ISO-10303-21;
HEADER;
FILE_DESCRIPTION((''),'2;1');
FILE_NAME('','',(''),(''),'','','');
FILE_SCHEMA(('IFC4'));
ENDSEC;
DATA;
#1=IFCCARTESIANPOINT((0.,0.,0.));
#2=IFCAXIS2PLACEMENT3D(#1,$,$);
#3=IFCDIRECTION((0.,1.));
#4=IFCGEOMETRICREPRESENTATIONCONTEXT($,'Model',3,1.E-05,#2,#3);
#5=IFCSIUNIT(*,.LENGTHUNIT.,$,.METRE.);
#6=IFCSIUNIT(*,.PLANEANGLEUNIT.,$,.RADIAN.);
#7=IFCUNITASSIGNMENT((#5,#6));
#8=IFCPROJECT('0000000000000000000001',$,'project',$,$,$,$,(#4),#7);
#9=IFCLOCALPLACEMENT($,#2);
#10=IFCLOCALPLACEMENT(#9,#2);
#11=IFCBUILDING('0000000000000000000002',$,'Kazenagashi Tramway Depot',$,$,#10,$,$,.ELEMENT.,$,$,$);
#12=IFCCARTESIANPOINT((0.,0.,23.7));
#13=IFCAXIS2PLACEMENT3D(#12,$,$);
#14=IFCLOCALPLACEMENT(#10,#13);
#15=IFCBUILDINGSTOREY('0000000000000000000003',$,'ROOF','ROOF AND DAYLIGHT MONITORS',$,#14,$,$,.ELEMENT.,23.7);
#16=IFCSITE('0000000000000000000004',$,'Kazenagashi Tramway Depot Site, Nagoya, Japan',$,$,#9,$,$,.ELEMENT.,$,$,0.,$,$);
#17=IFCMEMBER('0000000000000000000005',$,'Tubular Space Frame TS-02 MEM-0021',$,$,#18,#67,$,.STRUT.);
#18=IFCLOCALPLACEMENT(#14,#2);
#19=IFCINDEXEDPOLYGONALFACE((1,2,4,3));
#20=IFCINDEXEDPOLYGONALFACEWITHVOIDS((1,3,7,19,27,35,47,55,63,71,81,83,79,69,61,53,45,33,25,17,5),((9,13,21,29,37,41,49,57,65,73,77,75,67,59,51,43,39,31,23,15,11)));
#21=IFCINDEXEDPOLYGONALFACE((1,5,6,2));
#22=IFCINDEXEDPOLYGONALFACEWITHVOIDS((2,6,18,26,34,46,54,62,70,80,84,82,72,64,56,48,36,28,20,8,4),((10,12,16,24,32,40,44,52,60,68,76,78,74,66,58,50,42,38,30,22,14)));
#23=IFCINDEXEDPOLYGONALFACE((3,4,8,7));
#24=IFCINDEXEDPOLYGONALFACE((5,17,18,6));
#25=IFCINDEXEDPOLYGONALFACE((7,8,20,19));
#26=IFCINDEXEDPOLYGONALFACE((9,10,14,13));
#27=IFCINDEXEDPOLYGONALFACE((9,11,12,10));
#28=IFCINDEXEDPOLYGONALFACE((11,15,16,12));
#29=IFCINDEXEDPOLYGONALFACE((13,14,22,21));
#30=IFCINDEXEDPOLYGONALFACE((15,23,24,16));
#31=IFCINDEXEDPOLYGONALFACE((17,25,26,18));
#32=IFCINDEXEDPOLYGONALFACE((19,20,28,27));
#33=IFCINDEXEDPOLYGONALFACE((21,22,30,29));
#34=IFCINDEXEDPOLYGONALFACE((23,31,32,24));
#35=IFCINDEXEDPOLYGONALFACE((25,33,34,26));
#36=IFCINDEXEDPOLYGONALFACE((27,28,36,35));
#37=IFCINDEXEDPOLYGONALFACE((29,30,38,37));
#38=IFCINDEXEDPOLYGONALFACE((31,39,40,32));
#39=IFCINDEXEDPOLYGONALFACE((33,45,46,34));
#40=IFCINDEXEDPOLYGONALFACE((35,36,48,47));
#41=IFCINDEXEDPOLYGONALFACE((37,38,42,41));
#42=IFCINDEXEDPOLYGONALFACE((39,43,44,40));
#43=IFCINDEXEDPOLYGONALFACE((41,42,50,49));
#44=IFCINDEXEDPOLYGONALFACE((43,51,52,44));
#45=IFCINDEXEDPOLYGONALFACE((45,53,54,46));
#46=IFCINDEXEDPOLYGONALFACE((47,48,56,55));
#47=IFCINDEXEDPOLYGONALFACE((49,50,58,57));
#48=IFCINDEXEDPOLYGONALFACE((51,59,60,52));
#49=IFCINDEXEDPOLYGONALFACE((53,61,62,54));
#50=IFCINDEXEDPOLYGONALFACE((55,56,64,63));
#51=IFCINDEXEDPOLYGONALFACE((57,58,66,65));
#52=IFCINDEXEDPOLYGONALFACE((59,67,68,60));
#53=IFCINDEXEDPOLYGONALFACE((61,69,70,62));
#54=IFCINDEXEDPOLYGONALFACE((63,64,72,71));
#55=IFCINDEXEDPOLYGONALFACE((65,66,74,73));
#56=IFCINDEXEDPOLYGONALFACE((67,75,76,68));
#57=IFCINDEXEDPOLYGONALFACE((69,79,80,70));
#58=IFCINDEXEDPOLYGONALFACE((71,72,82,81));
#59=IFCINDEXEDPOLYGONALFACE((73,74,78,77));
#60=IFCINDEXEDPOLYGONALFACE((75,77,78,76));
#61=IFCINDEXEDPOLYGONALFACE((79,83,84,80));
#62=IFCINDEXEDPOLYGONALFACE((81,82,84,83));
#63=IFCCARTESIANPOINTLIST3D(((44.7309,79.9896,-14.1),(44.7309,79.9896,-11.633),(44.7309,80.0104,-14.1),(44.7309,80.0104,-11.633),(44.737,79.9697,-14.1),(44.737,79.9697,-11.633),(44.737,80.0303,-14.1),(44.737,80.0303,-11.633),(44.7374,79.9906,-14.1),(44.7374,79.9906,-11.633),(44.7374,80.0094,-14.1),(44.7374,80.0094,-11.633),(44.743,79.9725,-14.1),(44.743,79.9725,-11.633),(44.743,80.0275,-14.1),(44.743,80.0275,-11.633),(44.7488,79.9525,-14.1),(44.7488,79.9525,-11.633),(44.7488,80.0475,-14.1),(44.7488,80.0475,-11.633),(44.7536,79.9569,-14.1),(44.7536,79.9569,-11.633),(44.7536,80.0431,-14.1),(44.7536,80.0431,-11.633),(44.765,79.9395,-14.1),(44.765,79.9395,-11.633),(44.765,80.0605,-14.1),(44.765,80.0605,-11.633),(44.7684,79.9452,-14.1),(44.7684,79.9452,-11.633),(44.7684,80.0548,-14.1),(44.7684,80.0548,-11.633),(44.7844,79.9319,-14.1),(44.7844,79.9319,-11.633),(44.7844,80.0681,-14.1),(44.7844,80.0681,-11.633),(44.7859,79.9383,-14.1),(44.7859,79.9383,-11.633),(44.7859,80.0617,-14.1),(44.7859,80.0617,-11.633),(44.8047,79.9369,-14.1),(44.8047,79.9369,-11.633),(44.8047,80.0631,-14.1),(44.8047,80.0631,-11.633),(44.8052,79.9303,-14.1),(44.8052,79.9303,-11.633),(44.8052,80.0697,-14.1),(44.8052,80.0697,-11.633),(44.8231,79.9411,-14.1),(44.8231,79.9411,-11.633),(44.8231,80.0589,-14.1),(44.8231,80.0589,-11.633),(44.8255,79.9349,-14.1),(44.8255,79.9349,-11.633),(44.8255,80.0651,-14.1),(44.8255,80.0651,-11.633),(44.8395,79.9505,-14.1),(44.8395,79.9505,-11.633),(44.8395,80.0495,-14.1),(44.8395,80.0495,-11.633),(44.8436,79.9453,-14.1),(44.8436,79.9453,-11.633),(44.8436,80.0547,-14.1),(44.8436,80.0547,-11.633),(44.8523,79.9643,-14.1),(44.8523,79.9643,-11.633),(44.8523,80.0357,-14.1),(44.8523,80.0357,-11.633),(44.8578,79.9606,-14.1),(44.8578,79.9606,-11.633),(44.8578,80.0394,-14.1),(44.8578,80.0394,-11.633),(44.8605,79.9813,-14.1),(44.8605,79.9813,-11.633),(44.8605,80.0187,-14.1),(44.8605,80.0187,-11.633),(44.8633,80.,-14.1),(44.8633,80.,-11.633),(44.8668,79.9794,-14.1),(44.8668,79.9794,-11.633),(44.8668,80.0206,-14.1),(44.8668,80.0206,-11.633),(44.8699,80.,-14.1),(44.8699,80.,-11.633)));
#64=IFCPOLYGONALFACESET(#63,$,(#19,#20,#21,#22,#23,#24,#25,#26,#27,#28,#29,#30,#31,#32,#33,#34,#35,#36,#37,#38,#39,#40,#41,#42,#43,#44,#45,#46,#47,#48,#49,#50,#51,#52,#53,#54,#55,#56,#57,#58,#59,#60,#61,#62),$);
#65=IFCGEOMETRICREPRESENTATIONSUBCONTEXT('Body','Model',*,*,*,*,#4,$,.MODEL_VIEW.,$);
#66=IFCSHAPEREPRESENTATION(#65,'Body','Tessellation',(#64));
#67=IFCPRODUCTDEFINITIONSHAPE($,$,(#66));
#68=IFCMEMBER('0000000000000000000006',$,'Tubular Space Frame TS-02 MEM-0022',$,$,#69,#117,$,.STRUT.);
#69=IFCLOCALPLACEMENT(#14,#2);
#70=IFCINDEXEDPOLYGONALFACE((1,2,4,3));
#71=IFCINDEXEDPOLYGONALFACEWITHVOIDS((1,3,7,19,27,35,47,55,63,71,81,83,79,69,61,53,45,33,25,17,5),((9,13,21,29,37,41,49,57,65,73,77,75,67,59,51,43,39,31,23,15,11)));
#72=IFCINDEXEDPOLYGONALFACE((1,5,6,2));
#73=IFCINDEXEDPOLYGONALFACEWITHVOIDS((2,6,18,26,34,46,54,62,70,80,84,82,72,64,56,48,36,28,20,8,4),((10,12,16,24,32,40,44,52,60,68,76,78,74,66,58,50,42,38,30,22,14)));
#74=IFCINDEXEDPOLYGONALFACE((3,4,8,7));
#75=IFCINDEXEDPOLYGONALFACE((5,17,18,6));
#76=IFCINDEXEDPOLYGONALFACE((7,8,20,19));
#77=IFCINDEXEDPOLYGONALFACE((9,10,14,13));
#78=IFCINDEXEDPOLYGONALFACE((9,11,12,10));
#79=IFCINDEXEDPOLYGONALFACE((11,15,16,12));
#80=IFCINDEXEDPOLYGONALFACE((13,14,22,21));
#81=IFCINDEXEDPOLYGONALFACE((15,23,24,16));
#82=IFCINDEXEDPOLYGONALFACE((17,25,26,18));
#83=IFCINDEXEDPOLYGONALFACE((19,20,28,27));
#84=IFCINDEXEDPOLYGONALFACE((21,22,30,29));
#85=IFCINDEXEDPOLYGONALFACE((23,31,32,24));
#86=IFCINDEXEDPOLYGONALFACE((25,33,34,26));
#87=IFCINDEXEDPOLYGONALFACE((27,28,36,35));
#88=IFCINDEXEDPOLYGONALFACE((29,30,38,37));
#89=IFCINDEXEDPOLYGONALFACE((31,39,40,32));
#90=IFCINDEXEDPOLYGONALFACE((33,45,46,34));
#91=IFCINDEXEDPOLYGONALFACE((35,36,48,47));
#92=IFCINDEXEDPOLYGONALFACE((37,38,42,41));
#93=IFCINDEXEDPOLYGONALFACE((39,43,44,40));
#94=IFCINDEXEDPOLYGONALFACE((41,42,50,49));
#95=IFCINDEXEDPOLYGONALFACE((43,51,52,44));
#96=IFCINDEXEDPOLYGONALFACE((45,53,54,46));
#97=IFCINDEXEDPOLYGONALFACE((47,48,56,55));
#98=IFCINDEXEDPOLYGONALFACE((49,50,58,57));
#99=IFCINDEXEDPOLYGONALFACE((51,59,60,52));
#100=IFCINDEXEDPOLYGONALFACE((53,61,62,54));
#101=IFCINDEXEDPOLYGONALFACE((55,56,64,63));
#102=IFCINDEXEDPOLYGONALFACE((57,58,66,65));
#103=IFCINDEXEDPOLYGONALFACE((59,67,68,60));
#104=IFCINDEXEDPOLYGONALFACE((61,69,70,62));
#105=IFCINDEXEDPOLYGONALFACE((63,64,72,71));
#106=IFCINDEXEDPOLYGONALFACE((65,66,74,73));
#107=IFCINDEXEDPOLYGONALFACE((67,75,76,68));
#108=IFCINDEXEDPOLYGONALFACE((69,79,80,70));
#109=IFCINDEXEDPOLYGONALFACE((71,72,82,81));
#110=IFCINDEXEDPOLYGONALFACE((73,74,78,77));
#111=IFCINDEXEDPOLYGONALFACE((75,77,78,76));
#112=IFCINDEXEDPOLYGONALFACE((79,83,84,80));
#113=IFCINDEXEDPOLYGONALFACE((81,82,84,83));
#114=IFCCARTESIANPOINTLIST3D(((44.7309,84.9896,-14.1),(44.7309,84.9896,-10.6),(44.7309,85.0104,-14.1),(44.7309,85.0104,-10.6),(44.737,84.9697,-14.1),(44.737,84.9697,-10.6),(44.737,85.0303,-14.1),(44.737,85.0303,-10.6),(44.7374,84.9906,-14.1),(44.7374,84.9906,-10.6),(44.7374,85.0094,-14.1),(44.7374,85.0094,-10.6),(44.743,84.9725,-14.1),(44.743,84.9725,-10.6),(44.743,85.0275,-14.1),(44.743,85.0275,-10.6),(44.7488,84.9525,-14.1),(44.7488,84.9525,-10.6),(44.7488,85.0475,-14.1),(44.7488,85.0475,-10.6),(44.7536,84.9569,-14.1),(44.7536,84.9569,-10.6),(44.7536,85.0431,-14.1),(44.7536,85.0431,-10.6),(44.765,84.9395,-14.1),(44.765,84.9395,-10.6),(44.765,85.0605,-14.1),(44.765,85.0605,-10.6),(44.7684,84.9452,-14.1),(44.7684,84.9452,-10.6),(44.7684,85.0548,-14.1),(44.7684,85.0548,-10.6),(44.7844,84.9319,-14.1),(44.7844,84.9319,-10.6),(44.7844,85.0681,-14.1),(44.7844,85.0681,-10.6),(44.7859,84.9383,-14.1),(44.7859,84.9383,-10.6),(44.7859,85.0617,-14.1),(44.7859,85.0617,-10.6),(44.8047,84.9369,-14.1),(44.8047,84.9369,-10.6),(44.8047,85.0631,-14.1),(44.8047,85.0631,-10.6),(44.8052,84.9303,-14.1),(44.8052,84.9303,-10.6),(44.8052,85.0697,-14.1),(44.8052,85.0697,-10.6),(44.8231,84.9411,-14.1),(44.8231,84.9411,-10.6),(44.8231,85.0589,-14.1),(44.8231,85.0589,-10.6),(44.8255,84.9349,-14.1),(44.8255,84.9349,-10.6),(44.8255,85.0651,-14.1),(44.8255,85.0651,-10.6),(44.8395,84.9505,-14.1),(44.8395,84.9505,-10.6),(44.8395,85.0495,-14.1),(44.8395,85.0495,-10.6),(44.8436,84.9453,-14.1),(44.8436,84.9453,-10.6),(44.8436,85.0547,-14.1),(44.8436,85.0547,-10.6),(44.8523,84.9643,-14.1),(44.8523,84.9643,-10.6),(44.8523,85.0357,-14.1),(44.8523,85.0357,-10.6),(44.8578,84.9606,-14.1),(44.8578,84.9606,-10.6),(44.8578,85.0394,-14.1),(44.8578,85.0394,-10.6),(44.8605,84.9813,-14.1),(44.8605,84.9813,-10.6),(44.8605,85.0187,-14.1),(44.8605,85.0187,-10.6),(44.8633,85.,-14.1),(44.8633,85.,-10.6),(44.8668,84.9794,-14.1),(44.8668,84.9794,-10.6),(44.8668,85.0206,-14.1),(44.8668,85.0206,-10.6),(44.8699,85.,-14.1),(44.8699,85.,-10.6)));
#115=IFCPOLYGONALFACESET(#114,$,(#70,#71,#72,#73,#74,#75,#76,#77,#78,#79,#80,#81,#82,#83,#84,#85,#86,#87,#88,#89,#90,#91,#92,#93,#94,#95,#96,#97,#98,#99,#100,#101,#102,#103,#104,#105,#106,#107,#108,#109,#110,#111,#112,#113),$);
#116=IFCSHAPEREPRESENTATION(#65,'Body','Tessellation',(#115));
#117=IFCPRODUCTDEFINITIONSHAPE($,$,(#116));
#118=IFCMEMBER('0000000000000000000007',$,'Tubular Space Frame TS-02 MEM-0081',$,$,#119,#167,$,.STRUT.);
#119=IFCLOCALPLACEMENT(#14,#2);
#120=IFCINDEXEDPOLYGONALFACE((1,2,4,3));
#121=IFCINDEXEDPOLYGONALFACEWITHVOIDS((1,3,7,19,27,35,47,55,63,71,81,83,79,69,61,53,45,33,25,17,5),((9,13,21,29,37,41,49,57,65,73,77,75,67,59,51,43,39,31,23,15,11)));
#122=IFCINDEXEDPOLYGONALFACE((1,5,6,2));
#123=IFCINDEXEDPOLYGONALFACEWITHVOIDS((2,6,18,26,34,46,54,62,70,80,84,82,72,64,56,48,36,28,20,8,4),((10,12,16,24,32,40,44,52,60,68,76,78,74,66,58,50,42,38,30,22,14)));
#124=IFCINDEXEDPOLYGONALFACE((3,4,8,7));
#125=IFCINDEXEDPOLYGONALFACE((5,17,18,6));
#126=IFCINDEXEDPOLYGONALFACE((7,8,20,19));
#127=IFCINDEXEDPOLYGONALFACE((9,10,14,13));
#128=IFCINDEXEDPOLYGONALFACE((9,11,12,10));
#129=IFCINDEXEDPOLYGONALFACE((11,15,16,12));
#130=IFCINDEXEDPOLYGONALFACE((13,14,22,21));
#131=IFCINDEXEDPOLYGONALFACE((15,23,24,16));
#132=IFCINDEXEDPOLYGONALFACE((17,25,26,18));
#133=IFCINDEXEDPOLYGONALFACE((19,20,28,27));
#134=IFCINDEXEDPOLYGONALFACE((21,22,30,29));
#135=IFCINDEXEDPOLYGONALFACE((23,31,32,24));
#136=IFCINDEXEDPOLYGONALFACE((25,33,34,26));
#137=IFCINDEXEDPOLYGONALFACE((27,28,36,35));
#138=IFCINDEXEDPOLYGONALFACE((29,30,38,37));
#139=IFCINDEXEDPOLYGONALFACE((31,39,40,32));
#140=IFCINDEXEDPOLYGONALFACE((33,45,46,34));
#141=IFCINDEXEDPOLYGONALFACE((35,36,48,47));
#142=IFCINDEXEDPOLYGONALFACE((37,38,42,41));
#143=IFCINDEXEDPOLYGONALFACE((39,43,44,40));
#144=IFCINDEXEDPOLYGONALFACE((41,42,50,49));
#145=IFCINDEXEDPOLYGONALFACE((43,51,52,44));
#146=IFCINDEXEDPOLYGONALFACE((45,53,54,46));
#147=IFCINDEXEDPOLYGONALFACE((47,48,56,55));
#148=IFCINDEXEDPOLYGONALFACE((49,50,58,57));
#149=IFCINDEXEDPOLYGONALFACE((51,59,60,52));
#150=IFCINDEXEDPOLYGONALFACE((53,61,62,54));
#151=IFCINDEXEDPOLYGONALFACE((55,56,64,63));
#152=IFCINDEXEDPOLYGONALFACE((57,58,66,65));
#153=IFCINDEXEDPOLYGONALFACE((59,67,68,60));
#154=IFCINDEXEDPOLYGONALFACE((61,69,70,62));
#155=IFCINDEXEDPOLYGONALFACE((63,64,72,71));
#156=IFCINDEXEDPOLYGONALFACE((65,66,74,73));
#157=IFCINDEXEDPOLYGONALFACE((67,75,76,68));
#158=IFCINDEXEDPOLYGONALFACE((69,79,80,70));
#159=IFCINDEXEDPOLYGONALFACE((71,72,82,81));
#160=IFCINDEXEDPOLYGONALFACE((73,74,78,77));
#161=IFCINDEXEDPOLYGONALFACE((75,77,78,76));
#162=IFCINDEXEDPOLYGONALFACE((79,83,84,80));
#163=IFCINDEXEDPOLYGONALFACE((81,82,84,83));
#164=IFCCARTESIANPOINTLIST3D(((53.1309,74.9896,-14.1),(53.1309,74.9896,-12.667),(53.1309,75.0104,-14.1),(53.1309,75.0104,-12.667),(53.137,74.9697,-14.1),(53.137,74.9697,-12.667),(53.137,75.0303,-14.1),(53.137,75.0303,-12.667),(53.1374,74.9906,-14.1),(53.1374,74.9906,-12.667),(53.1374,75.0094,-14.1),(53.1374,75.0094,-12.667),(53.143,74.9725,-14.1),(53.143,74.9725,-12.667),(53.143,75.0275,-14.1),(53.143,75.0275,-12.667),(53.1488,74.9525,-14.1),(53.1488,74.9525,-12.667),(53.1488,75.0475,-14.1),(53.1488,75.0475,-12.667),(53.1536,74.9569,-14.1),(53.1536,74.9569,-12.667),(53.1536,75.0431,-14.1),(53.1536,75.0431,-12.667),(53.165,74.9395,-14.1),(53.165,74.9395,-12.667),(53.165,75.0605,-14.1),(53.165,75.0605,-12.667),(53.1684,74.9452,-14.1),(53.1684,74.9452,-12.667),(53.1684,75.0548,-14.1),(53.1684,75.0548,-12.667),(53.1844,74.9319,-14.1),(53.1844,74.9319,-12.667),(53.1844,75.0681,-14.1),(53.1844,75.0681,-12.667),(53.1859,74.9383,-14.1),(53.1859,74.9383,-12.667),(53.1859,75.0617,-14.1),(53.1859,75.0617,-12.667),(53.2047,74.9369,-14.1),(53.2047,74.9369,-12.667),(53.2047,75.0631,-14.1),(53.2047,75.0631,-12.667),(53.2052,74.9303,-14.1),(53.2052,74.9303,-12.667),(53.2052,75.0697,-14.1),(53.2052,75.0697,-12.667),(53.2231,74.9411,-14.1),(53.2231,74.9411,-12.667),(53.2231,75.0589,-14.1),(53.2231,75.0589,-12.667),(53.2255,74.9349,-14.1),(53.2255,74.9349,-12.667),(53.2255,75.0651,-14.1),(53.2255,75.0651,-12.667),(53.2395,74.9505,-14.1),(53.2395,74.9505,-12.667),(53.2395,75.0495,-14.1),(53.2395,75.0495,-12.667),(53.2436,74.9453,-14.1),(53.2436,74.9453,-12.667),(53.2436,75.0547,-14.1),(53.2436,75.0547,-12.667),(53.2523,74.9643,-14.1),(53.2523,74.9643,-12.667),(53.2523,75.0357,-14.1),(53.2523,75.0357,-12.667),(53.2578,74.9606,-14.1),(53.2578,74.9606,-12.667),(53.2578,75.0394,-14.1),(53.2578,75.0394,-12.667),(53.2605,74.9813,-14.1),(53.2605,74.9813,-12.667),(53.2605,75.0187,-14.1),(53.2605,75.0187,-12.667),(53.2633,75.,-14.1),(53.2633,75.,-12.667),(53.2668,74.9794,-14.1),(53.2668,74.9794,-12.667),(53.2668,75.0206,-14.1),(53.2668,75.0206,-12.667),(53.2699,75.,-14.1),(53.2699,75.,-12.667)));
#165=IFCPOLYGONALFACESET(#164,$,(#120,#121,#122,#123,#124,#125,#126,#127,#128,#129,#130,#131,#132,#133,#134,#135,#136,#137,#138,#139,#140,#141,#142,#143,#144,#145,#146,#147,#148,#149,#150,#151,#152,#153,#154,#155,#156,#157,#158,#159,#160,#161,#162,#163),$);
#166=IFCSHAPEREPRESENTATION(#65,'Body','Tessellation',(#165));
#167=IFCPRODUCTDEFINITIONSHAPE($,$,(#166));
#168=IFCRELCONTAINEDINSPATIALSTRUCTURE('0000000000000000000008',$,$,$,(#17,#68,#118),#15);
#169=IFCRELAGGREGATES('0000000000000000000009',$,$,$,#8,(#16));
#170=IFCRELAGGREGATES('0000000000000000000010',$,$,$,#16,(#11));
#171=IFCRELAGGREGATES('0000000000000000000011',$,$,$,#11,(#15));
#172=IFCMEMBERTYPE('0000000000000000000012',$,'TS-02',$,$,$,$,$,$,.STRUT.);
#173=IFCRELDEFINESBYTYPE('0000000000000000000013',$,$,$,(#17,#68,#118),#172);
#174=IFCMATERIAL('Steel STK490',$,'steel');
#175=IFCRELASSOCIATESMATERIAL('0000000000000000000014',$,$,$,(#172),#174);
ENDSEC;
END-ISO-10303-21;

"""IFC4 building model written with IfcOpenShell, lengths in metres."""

from ifc_helpers import new_model, si_unit, direction, frame, origin, origin_2d, place, context, subcontext, project, spatial, hollow_circle, extrude, material, material_profile, profile_set, type_object, element, save


model = new_model("IFC4")

# Units and contexts
model_context = context("Model", 3, precision=1e-05, world=origin(), true_north=direction((0.0, 1.0)))
body_context = subcontext(model_context, "Body", "Model", "MODEL_VIEW")
ifc_project = project(units=[si_unit("LENGTHUNIT", "METRE"), si_unit("PLANEANGLEUNIT", "RADIAN")], contexts=[model_context])

# Site, building, storey
site_placement = place(None, origin())
site = spatial("IfcSite", under=ifc_project, at=site_placement, Name="Kazenagashi Tramway Depot Site, Nagoya, Japan", CompositionType="ELEMENT", RefElevation=0.0)
building_placement = place(site_placement, origin())
building = spatial("IfcBuilding", under=site, at=building_placement, Name="Kazenagashi Tramway Depot", CompositionType="ELEMENT")
storey_placement = place(building_placement, frame((0.0, 0.0, 23.7)))
storey = spatial("IfcBuildingStorey", under=building, at=storey_placement, Name="ROOF", Description="ROOF AND DAYLIGHT MONITORS", CompositionType="ELEMENT", Elevation=23.7)

# Members
ifc_material_1 = material(Name="Steel STK490", Category="steel")
ifc_material_profile_1 = material_profile(ifc_material_1, hollow_circle(Radius=0.0699, WallThickness=0.0066, at=origin_2d()), Name="CHS-139.8x6.6")
ifc_profile_set_1 = profile_set([ifc_material_profile_1], Name="Steel STK490")
member_type_1 = type_object("IfcMemberType", Name="TS-02", PredefinedType="STRUT", material=ifc_profile_set_1)
member_1_placement = place(storey_placement, frame((44.8, 80.0, -14.1), z_axis=(0.0, 0.0, 1.0), x_axis=(1.0, 0.0, 0.0)))
element("IfcMember", 1, at=member_1_placement, inside=storey, type_object=member_type_1, Name="Tubular Space Frame TS-02 MEM-0021", PredefinedType="STRUT", context=body_context, shape_type="SweptSolid", body=[
    extrude(hollow_circle(Radius=0.0699, WallThickness=0.0066, at=origin_2d()), origin(), (0.0, 0.0, 1.0), 2.467),
])
member_2_placement = place(storey_placement, frame((44.8, 85.0, -14.1), z_axis=(0.0, 0.0, 1.0), x_axis=(1.0, 0.0, 0.0)))
element("IfcMember", 2, at=member_2_placement, inside=storey, type_object=member_type_1, Name="Tubular Space Frame TS-02 MEM-0022", PredefinedType="STRUT", context=body_context, shape_type="SweptSolid", body=[
    extrude(hollow_circle(Radius=0.0699, WallThickness=0.0066, at=origin_2d()), origin(), (0.0, 0.0, 1.0), 3.5),
])
member_3_placement = place(storey_placement, frame((53.2, 75.0, -14.1), z_axis=(0.0, 0.0, 1.0), x_axis=(1.0, 0.0, 0.0)))
element("IfcMember", 3, at=member_3_placement, inside=storey, type_object=member_type_1, Name="Tubular Space Frame TS-02 MEM-0081", PredefinedType="STRUT", context=body_context, shape_type="SweptSolid", body=[
    extrude(hollow_circle(Radius=0.0699, WallThickness=0.0066, at=origin_2d()), origin(), (0.0, 0.0, 1.0), 1.433),
])

save(model, "model.ifc")
